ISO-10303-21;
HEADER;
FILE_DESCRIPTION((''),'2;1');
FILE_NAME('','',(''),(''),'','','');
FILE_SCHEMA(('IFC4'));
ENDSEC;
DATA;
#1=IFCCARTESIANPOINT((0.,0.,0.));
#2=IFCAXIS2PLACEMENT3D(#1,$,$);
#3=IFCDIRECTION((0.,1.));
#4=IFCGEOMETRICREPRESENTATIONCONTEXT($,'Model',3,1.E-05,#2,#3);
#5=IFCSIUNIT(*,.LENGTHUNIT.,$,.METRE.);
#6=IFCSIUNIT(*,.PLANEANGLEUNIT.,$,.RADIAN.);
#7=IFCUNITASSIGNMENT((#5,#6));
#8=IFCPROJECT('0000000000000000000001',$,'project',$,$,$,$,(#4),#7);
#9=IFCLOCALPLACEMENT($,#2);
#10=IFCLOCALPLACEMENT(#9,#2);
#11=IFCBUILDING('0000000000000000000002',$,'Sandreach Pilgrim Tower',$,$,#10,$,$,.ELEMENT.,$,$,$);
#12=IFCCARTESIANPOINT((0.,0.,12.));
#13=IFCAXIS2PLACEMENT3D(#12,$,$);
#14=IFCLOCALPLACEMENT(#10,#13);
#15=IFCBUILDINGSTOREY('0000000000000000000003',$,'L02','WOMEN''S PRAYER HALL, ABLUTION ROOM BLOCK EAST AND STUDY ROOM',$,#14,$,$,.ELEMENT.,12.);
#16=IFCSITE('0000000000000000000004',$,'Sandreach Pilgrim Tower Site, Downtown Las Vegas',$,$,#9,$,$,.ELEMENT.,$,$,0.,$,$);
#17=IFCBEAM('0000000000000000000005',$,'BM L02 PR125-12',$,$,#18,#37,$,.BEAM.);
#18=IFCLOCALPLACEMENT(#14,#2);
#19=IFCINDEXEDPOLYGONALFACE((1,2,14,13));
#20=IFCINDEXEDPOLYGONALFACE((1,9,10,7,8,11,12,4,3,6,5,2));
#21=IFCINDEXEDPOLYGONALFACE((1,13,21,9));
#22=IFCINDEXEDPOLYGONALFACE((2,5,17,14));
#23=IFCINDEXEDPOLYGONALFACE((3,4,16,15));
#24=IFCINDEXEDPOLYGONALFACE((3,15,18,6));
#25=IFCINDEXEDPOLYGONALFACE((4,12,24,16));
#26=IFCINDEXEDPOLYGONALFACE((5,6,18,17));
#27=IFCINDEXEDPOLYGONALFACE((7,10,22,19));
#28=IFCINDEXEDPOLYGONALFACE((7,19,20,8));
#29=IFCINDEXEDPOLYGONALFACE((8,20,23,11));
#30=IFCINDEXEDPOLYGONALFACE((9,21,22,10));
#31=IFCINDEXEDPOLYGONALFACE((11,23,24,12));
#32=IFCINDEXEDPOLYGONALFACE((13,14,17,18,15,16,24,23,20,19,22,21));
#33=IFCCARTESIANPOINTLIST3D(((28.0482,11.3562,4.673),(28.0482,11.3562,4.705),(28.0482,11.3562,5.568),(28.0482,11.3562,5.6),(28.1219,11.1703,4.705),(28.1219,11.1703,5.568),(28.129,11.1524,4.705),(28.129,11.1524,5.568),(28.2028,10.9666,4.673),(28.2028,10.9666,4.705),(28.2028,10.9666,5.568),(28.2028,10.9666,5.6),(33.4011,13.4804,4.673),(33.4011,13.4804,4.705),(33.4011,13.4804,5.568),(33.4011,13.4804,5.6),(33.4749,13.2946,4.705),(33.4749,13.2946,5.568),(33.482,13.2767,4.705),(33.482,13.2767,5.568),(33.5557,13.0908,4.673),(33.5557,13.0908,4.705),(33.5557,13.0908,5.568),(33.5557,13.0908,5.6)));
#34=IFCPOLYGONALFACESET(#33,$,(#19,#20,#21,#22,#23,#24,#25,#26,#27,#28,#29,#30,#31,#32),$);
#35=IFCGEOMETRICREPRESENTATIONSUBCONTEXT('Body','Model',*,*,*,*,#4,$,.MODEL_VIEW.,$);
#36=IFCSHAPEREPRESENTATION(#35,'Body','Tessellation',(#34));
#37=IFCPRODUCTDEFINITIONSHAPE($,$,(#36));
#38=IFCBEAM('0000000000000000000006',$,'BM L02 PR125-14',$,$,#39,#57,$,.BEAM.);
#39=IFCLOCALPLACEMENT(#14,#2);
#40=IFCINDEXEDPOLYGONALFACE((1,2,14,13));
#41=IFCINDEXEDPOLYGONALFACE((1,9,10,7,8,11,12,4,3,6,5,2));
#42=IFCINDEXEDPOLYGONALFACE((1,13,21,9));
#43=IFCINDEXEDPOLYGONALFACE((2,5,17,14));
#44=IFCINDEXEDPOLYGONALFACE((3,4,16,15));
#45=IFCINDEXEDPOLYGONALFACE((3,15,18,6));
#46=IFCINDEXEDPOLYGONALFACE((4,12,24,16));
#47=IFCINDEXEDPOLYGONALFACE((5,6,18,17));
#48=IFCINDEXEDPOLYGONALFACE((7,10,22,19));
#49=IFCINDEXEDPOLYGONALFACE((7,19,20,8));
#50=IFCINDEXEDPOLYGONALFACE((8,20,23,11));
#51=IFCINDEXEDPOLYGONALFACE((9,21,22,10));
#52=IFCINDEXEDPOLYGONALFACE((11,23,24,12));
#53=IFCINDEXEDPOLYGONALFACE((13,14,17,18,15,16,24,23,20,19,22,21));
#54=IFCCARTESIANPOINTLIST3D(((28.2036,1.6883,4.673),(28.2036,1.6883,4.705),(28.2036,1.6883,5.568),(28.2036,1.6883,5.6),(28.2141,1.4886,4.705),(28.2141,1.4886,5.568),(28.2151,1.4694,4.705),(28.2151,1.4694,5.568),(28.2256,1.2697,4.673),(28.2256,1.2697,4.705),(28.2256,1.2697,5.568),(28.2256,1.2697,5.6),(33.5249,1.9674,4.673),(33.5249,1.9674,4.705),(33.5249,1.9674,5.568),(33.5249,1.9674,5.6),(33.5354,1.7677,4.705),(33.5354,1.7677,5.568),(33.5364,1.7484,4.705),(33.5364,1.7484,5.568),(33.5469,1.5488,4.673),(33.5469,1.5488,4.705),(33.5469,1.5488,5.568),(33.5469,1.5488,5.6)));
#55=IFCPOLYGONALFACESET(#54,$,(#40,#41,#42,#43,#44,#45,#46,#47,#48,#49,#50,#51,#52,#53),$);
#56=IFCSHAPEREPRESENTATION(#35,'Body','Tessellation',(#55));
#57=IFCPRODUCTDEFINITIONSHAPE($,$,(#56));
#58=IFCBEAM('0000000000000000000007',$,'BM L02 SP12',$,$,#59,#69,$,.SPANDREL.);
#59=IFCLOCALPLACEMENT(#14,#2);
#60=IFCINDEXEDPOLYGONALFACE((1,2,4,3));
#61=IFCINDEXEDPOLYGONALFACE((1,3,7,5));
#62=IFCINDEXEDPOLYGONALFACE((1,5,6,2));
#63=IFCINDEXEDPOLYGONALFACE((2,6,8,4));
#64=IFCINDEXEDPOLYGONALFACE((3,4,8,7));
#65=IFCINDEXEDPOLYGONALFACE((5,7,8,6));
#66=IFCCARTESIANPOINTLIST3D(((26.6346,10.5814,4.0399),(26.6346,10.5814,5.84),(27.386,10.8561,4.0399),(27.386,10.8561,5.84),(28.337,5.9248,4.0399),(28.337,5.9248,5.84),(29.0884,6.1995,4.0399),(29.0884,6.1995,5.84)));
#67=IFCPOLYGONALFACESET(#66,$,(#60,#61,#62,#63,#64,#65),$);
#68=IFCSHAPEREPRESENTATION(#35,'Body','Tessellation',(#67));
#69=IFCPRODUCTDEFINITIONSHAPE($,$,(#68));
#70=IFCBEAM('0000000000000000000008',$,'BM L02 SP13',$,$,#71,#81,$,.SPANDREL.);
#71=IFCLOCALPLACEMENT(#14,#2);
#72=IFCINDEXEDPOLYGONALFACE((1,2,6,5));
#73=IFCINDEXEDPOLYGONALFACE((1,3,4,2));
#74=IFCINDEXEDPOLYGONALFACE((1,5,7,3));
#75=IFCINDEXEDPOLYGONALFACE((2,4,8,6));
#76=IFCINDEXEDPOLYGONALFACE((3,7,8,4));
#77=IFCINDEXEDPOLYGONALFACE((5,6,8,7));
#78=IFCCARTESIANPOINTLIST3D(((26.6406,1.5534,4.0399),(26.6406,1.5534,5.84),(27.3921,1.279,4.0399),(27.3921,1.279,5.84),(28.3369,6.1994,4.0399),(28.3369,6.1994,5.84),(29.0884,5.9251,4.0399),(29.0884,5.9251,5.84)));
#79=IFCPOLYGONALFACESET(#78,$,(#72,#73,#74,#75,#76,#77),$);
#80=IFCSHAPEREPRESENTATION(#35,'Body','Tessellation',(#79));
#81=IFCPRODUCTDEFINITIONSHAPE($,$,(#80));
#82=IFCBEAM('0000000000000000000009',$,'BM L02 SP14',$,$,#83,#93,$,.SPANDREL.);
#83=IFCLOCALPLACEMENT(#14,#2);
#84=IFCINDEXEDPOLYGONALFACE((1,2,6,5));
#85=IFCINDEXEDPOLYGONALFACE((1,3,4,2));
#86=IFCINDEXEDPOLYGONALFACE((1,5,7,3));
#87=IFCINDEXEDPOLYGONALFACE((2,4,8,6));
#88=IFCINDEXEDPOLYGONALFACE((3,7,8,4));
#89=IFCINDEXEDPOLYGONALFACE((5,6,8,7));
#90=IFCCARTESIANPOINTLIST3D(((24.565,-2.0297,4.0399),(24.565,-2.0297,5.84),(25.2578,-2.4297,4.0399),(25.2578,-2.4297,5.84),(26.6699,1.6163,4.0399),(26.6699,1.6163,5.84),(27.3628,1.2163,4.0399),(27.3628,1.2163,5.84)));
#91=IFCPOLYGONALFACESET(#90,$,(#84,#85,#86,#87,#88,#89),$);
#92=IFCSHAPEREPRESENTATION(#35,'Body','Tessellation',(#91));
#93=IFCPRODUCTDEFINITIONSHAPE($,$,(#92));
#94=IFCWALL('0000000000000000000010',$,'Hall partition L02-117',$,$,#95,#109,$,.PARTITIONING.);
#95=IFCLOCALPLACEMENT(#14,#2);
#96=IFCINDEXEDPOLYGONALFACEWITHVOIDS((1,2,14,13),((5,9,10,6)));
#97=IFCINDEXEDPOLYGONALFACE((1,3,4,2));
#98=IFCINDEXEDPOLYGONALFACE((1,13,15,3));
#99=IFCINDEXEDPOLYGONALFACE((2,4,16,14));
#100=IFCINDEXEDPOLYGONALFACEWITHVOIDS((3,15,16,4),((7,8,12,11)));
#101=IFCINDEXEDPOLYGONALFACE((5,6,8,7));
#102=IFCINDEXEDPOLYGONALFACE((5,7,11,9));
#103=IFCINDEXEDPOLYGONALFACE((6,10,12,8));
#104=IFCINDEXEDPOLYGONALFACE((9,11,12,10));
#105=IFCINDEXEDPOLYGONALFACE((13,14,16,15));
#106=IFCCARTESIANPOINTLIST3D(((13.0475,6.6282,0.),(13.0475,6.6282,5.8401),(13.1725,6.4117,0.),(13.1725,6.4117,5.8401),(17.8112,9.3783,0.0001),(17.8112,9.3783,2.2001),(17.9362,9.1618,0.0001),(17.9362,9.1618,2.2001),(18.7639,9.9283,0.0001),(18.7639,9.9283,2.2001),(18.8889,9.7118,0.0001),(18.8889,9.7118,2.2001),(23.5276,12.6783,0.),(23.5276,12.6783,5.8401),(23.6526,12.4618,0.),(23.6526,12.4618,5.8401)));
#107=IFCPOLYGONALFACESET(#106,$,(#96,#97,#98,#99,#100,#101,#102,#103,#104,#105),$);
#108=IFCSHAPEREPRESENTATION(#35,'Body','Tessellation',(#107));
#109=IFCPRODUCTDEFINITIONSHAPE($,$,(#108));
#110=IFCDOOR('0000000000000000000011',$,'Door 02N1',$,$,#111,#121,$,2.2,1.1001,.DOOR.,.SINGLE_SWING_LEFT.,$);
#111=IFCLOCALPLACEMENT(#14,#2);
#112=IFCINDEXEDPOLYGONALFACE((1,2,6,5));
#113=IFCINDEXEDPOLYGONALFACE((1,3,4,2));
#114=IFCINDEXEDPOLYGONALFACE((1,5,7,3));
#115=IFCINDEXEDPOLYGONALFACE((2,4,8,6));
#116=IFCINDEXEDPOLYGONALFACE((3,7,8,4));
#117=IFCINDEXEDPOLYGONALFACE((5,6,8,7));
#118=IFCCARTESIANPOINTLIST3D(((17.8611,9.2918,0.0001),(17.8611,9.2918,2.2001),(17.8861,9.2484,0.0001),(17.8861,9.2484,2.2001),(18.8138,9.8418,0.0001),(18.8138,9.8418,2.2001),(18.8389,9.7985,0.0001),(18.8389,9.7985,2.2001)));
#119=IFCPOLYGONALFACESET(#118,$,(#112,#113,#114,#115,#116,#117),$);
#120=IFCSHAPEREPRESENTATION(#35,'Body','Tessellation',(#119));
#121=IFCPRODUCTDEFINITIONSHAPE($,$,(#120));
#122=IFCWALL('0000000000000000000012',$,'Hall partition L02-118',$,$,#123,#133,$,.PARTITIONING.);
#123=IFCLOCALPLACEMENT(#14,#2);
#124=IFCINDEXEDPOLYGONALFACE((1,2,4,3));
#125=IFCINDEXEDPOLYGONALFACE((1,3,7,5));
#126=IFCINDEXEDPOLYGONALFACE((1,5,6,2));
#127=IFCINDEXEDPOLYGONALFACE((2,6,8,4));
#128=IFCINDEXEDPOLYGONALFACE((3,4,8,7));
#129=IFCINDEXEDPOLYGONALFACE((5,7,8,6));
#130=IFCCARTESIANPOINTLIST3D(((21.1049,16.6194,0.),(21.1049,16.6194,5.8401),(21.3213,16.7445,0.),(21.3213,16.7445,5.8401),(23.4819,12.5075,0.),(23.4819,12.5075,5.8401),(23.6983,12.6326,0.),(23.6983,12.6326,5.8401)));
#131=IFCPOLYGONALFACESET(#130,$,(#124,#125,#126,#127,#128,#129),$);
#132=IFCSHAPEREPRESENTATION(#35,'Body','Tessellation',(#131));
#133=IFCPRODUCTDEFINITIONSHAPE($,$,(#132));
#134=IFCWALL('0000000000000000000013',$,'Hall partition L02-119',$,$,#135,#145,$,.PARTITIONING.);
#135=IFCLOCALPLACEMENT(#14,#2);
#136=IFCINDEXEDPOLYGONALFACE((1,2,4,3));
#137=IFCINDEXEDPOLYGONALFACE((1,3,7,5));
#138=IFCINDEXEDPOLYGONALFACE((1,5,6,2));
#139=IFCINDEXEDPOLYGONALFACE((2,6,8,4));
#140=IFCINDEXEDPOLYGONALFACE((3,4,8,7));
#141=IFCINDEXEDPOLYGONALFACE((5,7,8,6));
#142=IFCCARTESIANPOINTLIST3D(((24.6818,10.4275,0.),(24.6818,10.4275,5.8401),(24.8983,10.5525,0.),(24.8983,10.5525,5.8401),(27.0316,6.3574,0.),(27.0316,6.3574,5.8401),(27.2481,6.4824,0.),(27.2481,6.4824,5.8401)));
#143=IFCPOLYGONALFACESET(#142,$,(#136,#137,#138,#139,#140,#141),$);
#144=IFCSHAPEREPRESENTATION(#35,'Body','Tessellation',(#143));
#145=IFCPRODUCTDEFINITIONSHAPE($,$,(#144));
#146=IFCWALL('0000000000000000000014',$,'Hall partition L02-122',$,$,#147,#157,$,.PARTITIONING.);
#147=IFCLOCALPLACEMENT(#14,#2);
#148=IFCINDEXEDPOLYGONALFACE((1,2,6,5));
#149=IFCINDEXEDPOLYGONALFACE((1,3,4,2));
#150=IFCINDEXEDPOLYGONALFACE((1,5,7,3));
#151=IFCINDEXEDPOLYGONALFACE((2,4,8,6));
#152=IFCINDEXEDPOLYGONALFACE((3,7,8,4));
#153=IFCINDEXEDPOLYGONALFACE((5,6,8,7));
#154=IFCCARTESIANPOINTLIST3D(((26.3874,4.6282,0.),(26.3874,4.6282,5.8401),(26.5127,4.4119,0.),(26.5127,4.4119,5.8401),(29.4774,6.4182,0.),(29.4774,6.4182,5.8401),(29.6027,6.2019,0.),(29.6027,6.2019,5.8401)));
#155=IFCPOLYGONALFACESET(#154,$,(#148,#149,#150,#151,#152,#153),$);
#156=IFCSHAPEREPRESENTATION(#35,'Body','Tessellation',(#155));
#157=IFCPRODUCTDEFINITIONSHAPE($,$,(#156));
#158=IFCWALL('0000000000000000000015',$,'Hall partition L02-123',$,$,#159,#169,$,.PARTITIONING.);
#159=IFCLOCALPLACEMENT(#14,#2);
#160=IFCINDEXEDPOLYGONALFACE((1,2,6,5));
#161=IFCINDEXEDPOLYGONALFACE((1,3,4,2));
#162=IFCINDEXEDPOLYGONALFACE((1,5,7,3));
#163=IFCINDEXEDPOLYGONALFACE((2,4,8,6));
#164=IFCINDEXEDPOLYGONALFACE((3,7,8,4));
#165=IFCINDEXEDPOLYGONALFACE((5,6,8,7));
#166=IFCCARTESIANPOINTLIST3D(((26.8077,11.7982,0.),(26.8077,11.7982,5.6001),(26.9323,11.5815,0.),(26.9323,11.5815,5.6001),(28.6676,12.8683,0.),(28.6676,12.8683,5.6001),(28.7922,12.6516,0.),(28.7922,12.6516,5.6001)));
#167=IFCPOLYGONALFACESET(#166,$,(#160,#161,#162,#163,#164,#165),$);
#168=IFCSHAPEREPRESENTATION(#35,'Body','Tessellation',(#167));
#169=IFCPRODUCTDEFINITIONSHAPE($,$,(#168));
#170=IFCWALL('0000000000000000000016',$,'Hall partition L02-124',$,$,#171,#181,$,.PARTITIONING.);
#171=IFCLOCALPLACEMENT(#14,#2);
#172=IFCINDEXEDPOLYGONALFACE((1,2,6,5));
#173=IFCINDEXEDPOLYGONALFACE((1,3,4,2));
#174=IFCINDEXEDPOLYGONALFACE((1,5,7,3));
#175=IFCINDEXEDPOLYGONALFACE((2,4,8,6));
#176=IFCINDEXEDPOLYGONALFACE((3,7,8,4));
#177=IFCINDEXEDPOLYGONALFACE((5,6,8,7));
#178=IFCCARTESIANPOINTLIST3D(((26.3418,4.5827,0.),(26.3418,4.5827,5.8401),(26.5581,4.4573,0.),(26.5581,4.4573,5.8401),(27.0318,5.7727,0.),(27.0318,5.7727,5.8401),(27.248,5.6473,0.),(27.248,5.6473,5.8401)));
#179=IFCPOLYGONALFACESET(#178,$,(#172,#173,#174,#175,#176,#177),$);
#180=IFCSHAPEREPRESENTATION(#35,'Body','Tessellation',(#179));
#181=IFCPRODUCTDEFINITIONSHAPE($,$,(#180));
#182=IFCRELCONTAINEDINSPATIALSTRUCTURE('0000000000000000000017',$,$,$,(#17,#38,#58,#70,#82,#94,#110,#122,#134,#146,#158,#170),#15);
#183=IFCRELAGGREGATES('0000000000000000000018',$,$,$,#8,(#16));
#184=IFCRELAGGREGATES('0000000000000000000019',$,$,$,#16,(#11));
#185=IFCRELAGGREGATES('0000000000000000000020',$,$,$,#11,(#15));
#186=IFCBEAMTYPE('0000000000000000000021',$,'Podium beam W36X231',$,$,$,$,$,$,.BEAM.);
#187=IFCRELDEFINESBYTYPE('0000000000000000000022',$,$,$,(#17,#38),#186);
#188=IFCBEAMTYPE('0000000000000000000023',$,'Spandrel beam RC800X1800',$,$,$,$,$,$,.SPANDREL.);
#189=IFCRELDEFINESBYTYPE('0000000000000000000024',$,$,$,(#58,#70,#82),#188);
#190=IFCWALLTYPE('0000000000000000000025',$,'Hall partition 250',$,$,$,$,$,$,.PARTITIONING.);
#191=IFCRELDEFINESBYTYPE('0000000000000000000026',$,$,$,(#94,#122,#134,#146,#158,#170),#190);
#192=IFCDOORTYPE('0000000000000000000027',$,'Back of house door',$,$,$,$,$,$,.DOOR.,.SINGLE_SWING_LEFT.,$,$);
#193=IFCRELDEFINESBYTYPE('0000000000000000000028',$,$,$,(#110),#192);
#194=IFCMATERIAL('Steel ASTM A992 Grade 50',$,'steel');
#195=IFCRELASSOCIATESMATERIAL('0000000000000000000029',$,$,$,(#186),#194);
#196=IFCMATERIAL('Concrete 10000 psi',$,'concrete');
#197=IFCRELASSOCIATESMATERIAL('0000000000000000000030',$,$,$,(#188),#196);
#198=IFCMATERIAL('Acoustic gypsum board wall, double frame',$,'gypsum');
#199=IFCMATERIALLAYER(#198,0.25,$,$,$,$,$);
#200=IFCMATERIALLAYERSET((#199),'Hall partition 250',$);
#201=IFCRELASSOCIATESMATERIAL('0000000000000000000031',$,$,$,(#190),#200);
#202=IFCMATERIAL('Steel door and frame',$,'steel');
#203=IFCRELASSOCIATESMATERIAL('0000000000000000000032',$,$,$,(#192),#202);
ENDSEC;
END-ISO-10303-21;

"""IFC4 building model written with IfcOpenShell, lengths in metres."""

from ifc_helpers import new_model, si_unit, direction, frame, frame_2d, origin, origin_2d, place, context, subcontext, project, spatial, rectangle, i_section, extrude, material, layer, layer_set, material_profile, profile_set, type_object, element, fill, save


model = new_model("IFC4")

# Units and contexts
model_context = context("Model", 3, precision=1e-05, world=origin(), true_north=direction((0.0, 1.0)))
body_context = subcontext(model_context, "Body", "Model", "MODEL_VIEW")
ifc_project = project(units=[si_unit("LENGTHUNIT", "METRE"), si_unit("PLANEANGLEUNIT", "RADIAN")], contexts=[model_context])

# Site, building, storey
site_placement = place(None, origin())
site = spatial("IfcSite", under=ifc_project, at=site_placement, Name="Sandreach Pilgrim Tower Site, Downtown Las Vegas", CompositionType="ELEMENT", RefElevation=0.0)
building_placement = place(site_placement, origin())
building = spatial("IfcBuilding", under=site, at=building_placement, Name="Sandreach Pilgrim Tower", CompositionType="ELEMENT")
storey_placement = place(building_placement, frame((0.0, 0.0, 12.0)))
storey = spatial("IfcBuildingStorey", under=building, at=storey_placement, Name="L02", Description="WOMEN'S PRAYER HALL, ABLUTION ROOM BLOCK EAST AND STUDY ROOM", CompositionType="ELEMENT", Elevation=12.0)

# Beams
ifc_material_1 = material(Name="Steel ASTM A992 Grade 50", Category="steel")
ifc_material_profile_1 = material_profile(ifc_material_1, i_section(OverallWidth=0.4192, OverallDepth=0.927, WebThickness=0.0193, FlangeThickness=0.032, at=origin_2d()), Name="W36X231")
ifc_profile_set_1 = profile_set([ifc_material_profile_1], Name="Steel ASTM A992 Grade 50")
beam_type_1 = type_object("IfcBeamType", Name="Podium beam W36X231", PredefinedType="BEAM", material=ifc_profile_set_1)
beam_1_placement = place(storey_placement, frame((28.1255, 11.1614, 5.1365), z_axis=(0.929488, 0.368853, 0.0), x_axis=(-0.368853, 0.929488, 0.0)))
element("IfcBeam", 1, at=beam_1_placement, inside=storey, type_object=beam_type_1, Name="BM L02 PR125-12", PredefinedType="BEAM", context=body_context, shape_type="SweptSolid", body=[
    extrude(i_section(OverallWidth=0.4192, OverallDepth=0.927, WebThickness=0.0193, FlangeThickness=0.032, at=origin_2d()), origin(), (0.0, 0.0, 1.0), 5.759),
])
beam_2_placement = place(storey_placement, frame((28.2146, 1.479, 5.1365), z_axis=(0.998628, 0.052369, 0.0), x_axis=(-0.052369, 0.998628, 0.0)))
element("IfcBeam", 2, at=beam_2_placement, inside=storey, type_object=beam_type_1, Name="BM L02 PR125-14", PredefinedType="BEAM", context=body_context, shape_type="SweptSolid", body=[
    extrude(i_section(OverallWidth=0.4192, OverallDepth=0.927, WebThickness=0.0193, FlangeThickness=0.032, at=origin_2d()), origin(), (0.0, 0.0, 1.0), 5.3286),
])
ifc_material_2 = material(Name="Concrete 10000 psi", Category="concrete")
ifc_material_profile_2 = material_profile(ifc_material_2, rectangle(XDim=0.8, YDim=1.8, at=origin_2d()), Name="RC800X1800")
ifc_profile_set_2 = profile_set([ifc_material_profile_2], Name="Concrete 10000 psi")
beam_type_2 = type_object("IfcBeamType", Name="Spandrel beam RC800X1800", PredefinedType="SPANDREL", material=ifc_profile_set_2)
beam_3_placement = place(storey_placement, frame((27.0103, 10.7188, 4.9399), z_axis=(0.343368, -0.939201, 0.0), x_axis=(0.939201, 0.343368, 0.0)))
element("IfcBeam", 3, at=beam_3_placement, inside=storey, type_object=beam_type_2, Name="BM L02 SP12", PredefinedType="SPANDREL", context=body_context, shape_type="SweptSolid", body=[
    extrude(rectangle(XDim=0.8, YDim=1.8, at=origin_2d()), origin(), (0.0, 0.0, 1.0), 4.958),
])
beam_4_placement = place(storey_placement, frame((28.7126, 6.0623, 4.9399), z_axis=(-0.342963, -0.939349, 0.0), x_axis=(0.939349, -0.342963, 0.0)))
element("IfcBeam", 4, at=beam_4_placement, inside=storey, type_object=beam_type_2, Name="BM L02 SP13", PredefinedType="SPANDREL", context=body_context, shape_type="SweptSolid", body=[
    extrude(rectangle(XDim=0.8, YDim=1.8, at=origin_2d()), origin(), (0.0, 0.0, 1.0), 4.946),
])
beam_5_placement = place(storey_placement, frame((27.0164, 1.4163, 4.9399), z_axis=(-0.499994, -0.866029, 0.0), x_axis=(0.866029, -0.499994, 0.0)))
element("IfcBeam", 5, at=beam_5_placement, inside=storey, type_object=beam_type_2, Name="BM L02 SP14", PredefinedType="SPANDREL", context=body_context, shape_type="SweptSolid", body=[
    extrude(rectangle(XDim=0.8, YDim=1.8, at=origin_2d()), origin(), (0.0, 0.0, 1.0), 4.21),
])

# Wall, opening, door
ifc_material_3 = material(Name="Acoustic gypsum board wall, double frame", Category="gypsum")
ifc_layer = layer(ifc_material_3, 0.25)
ifc_layer_set = layer_set([ifc_layer], Name="Hall partition 250")
wall_type = type_object("IfcWallType", Name="Hall partition 250", PredefinedType="PARTITIONING", material=ifc_layer_set)
wall_1_placement = place(storey_placement, frame((23.5901, 12.5701, 0.0), z_axis=(0.0, 0.0, 1.0), x_axis=(-0.866046, -0.499965, 0.0)))
wall_1 = element("IfcWall", 6, at=wall_1_placement, inside=storey, type_object=wall_type, Name="Hall partition L02-117", PredefinedType="PARTITIONING", context=body_context, shape_type="SweptSolid", body=[
    extrude(rectangle(XDim=12.1011, YDim=0.25, at=frame_2d((6.0505, 0.0))), origin(), (0.0, 0.0, 1.0), 5.8401),
])
opening_placement = place(wall_1_placement, frame((5.5005, 0.0, 0.0)))
opening = element("IfcOpeningElement", 7, at=opening_placement, cuts=wall_1, PredefinedType="OPENING", context=body_context, shape_type="SweptSolid", body=[
    extrude(rectangle(XDim=1.1001, YDim=2.2, at=frame_2d((0.55, 1.1001))), frame((0.0, 0.125, 0.0), z_axis=(0.0, -1.0, 0.0), x_axis=(1.0, 0.0, 0.0)), (0.0, 0.0, 1.0), 0.25),
])
ifc_material_4 = material(Name="Steel door and frame", Category="steel")
door_type = type_object("IfcDoorType", Name="Back of house door", OperationType="SINGLE_SWING_LEFT", PredefinedType="DOOR", material=ifc_material_4)
door_placement = place(opening_placement, origin())
door = element("IfcDoor", 8, at=door_placement, inside=storey, type_object=door_type, Name="Door 02N1", OperationType="SINGLE_SWING_LEFT", OverallHeight=2.2, OverallWidth=1.1001, PredefinedType="DOOR", context=body_context, shape_type="SweptSolid", body=[
    extrude(rectangle(XDim=1.1001, YDim=2.2, at=frame_2d((0.55, 1.1001))), frame((0.0, 0.0249, 0.0), z_axis=(0.0, -1.0, 0.0), x_axis=(1.0, 0.0, 0.0)), (0.0, 0.0, 1.0), 0.05),
])
fill(opening, door)

# Walls
wall_2_placement = place(storey_placement, frame((23.5901, 12.5701, 0.0), z_axis=(0.0, 0.0, 1.0), x_axis=(-0.500473, 0.865752, 0.0)))
element("IfcWall", 9, at=wall_2_placement, inside=storey, type_object=wall_type, Name="Hall partition L02-118", PredefinedType="PARTITIONING", context=body_context, shape_type="SweptSolid", body=[
    extrude(rectangle(XDim=4.7495, YDim=0.25, at=frame_2d((2.3748, 0.0))), origin(), (0.0, 0.0, 1.0), 5.8401),
])
wall_3_placement = place(storey_placement, frame((24.79, 10.49, 0.0), z_axis=(0.0, 0.0, 1.0), x_axis=(0.5, -0.866026, 0.0)))
element("IfcWall", 10, at=wall_3_placement, inside=storey, type_object=wall_type, Name="Hall partition L02-119", PredefinedType="PARTITIONING", context=body_context, shape_type="SweptSolid", body=[
    extrude(rectangle(XDim=4.6997, YDim=0.25, at=frame_2d((2.3499, 0.0))), origin(), (0.0, 0.0, 1.0), 5.8401),
])
wall_4_placement = place(storey_placement, frame((26.45, 4.52, 0.0), z_axis=(0.0, 0.0, 1.0), x_axis=(0.8653, 0.501255, 0.0)))
element("IfcWall", 11, at=wall_4_placement, inside=storey, type_object=wall_type, Name="Hall partition L02-122", PredefinedType="PARTITIONING", context=body_context, shape_type="SweptSolid", body=[
    extrude(rectangle(XDim=3.571, YDim=0.25, at=frame_2d((1.7856, 0.0))), origin(), (0.0, 0.0, 1.0), 5.8401),
])
wall_5_placement = place(storey_placement, frame((26.8701, 11.6899, 0.0), z_axis=(0.0, 0.0, 1.0), x_axis=(0.866776, 0.498698, 0.0)))
element("IfcWall", 12, at=wall_5_placement, inside=storey, type_object=wall_type, Name="Hall partition L02-123", PredefinedType="PARTITIONING", context=body_context, shape_type="SweptSolid", body=[
    extrude(rectangle(XDim=2.1458, YDim=0.25, at=frame_2d((1.0728, 0.0))), origin(), (0.0, 0.0, 1.0), 5.6001),
])
wall_6_placement = place(storey_placement, frame((27.1399, 5.71, 0.0), z_axis=(0.0, 0.0, 1.0), x_axis=(-0.501596, -0.865102, 0.0)))
element("IfcWall", 13, at=wall_6_placement, inside=storey, type_object=wall_type, Name="Hall partition L02-124", PredefinedType="PARTITIONING", context=body_context, shape_type="SweptSolid", body=[
    extrude(rectangle(XDim=1.3755, YDim=0.25, at=frame_2d((0.6877, 0.0))), origin(), (0.0, 0.0, 1.0), 5.8401),
])

save(model, "model.ifc")
